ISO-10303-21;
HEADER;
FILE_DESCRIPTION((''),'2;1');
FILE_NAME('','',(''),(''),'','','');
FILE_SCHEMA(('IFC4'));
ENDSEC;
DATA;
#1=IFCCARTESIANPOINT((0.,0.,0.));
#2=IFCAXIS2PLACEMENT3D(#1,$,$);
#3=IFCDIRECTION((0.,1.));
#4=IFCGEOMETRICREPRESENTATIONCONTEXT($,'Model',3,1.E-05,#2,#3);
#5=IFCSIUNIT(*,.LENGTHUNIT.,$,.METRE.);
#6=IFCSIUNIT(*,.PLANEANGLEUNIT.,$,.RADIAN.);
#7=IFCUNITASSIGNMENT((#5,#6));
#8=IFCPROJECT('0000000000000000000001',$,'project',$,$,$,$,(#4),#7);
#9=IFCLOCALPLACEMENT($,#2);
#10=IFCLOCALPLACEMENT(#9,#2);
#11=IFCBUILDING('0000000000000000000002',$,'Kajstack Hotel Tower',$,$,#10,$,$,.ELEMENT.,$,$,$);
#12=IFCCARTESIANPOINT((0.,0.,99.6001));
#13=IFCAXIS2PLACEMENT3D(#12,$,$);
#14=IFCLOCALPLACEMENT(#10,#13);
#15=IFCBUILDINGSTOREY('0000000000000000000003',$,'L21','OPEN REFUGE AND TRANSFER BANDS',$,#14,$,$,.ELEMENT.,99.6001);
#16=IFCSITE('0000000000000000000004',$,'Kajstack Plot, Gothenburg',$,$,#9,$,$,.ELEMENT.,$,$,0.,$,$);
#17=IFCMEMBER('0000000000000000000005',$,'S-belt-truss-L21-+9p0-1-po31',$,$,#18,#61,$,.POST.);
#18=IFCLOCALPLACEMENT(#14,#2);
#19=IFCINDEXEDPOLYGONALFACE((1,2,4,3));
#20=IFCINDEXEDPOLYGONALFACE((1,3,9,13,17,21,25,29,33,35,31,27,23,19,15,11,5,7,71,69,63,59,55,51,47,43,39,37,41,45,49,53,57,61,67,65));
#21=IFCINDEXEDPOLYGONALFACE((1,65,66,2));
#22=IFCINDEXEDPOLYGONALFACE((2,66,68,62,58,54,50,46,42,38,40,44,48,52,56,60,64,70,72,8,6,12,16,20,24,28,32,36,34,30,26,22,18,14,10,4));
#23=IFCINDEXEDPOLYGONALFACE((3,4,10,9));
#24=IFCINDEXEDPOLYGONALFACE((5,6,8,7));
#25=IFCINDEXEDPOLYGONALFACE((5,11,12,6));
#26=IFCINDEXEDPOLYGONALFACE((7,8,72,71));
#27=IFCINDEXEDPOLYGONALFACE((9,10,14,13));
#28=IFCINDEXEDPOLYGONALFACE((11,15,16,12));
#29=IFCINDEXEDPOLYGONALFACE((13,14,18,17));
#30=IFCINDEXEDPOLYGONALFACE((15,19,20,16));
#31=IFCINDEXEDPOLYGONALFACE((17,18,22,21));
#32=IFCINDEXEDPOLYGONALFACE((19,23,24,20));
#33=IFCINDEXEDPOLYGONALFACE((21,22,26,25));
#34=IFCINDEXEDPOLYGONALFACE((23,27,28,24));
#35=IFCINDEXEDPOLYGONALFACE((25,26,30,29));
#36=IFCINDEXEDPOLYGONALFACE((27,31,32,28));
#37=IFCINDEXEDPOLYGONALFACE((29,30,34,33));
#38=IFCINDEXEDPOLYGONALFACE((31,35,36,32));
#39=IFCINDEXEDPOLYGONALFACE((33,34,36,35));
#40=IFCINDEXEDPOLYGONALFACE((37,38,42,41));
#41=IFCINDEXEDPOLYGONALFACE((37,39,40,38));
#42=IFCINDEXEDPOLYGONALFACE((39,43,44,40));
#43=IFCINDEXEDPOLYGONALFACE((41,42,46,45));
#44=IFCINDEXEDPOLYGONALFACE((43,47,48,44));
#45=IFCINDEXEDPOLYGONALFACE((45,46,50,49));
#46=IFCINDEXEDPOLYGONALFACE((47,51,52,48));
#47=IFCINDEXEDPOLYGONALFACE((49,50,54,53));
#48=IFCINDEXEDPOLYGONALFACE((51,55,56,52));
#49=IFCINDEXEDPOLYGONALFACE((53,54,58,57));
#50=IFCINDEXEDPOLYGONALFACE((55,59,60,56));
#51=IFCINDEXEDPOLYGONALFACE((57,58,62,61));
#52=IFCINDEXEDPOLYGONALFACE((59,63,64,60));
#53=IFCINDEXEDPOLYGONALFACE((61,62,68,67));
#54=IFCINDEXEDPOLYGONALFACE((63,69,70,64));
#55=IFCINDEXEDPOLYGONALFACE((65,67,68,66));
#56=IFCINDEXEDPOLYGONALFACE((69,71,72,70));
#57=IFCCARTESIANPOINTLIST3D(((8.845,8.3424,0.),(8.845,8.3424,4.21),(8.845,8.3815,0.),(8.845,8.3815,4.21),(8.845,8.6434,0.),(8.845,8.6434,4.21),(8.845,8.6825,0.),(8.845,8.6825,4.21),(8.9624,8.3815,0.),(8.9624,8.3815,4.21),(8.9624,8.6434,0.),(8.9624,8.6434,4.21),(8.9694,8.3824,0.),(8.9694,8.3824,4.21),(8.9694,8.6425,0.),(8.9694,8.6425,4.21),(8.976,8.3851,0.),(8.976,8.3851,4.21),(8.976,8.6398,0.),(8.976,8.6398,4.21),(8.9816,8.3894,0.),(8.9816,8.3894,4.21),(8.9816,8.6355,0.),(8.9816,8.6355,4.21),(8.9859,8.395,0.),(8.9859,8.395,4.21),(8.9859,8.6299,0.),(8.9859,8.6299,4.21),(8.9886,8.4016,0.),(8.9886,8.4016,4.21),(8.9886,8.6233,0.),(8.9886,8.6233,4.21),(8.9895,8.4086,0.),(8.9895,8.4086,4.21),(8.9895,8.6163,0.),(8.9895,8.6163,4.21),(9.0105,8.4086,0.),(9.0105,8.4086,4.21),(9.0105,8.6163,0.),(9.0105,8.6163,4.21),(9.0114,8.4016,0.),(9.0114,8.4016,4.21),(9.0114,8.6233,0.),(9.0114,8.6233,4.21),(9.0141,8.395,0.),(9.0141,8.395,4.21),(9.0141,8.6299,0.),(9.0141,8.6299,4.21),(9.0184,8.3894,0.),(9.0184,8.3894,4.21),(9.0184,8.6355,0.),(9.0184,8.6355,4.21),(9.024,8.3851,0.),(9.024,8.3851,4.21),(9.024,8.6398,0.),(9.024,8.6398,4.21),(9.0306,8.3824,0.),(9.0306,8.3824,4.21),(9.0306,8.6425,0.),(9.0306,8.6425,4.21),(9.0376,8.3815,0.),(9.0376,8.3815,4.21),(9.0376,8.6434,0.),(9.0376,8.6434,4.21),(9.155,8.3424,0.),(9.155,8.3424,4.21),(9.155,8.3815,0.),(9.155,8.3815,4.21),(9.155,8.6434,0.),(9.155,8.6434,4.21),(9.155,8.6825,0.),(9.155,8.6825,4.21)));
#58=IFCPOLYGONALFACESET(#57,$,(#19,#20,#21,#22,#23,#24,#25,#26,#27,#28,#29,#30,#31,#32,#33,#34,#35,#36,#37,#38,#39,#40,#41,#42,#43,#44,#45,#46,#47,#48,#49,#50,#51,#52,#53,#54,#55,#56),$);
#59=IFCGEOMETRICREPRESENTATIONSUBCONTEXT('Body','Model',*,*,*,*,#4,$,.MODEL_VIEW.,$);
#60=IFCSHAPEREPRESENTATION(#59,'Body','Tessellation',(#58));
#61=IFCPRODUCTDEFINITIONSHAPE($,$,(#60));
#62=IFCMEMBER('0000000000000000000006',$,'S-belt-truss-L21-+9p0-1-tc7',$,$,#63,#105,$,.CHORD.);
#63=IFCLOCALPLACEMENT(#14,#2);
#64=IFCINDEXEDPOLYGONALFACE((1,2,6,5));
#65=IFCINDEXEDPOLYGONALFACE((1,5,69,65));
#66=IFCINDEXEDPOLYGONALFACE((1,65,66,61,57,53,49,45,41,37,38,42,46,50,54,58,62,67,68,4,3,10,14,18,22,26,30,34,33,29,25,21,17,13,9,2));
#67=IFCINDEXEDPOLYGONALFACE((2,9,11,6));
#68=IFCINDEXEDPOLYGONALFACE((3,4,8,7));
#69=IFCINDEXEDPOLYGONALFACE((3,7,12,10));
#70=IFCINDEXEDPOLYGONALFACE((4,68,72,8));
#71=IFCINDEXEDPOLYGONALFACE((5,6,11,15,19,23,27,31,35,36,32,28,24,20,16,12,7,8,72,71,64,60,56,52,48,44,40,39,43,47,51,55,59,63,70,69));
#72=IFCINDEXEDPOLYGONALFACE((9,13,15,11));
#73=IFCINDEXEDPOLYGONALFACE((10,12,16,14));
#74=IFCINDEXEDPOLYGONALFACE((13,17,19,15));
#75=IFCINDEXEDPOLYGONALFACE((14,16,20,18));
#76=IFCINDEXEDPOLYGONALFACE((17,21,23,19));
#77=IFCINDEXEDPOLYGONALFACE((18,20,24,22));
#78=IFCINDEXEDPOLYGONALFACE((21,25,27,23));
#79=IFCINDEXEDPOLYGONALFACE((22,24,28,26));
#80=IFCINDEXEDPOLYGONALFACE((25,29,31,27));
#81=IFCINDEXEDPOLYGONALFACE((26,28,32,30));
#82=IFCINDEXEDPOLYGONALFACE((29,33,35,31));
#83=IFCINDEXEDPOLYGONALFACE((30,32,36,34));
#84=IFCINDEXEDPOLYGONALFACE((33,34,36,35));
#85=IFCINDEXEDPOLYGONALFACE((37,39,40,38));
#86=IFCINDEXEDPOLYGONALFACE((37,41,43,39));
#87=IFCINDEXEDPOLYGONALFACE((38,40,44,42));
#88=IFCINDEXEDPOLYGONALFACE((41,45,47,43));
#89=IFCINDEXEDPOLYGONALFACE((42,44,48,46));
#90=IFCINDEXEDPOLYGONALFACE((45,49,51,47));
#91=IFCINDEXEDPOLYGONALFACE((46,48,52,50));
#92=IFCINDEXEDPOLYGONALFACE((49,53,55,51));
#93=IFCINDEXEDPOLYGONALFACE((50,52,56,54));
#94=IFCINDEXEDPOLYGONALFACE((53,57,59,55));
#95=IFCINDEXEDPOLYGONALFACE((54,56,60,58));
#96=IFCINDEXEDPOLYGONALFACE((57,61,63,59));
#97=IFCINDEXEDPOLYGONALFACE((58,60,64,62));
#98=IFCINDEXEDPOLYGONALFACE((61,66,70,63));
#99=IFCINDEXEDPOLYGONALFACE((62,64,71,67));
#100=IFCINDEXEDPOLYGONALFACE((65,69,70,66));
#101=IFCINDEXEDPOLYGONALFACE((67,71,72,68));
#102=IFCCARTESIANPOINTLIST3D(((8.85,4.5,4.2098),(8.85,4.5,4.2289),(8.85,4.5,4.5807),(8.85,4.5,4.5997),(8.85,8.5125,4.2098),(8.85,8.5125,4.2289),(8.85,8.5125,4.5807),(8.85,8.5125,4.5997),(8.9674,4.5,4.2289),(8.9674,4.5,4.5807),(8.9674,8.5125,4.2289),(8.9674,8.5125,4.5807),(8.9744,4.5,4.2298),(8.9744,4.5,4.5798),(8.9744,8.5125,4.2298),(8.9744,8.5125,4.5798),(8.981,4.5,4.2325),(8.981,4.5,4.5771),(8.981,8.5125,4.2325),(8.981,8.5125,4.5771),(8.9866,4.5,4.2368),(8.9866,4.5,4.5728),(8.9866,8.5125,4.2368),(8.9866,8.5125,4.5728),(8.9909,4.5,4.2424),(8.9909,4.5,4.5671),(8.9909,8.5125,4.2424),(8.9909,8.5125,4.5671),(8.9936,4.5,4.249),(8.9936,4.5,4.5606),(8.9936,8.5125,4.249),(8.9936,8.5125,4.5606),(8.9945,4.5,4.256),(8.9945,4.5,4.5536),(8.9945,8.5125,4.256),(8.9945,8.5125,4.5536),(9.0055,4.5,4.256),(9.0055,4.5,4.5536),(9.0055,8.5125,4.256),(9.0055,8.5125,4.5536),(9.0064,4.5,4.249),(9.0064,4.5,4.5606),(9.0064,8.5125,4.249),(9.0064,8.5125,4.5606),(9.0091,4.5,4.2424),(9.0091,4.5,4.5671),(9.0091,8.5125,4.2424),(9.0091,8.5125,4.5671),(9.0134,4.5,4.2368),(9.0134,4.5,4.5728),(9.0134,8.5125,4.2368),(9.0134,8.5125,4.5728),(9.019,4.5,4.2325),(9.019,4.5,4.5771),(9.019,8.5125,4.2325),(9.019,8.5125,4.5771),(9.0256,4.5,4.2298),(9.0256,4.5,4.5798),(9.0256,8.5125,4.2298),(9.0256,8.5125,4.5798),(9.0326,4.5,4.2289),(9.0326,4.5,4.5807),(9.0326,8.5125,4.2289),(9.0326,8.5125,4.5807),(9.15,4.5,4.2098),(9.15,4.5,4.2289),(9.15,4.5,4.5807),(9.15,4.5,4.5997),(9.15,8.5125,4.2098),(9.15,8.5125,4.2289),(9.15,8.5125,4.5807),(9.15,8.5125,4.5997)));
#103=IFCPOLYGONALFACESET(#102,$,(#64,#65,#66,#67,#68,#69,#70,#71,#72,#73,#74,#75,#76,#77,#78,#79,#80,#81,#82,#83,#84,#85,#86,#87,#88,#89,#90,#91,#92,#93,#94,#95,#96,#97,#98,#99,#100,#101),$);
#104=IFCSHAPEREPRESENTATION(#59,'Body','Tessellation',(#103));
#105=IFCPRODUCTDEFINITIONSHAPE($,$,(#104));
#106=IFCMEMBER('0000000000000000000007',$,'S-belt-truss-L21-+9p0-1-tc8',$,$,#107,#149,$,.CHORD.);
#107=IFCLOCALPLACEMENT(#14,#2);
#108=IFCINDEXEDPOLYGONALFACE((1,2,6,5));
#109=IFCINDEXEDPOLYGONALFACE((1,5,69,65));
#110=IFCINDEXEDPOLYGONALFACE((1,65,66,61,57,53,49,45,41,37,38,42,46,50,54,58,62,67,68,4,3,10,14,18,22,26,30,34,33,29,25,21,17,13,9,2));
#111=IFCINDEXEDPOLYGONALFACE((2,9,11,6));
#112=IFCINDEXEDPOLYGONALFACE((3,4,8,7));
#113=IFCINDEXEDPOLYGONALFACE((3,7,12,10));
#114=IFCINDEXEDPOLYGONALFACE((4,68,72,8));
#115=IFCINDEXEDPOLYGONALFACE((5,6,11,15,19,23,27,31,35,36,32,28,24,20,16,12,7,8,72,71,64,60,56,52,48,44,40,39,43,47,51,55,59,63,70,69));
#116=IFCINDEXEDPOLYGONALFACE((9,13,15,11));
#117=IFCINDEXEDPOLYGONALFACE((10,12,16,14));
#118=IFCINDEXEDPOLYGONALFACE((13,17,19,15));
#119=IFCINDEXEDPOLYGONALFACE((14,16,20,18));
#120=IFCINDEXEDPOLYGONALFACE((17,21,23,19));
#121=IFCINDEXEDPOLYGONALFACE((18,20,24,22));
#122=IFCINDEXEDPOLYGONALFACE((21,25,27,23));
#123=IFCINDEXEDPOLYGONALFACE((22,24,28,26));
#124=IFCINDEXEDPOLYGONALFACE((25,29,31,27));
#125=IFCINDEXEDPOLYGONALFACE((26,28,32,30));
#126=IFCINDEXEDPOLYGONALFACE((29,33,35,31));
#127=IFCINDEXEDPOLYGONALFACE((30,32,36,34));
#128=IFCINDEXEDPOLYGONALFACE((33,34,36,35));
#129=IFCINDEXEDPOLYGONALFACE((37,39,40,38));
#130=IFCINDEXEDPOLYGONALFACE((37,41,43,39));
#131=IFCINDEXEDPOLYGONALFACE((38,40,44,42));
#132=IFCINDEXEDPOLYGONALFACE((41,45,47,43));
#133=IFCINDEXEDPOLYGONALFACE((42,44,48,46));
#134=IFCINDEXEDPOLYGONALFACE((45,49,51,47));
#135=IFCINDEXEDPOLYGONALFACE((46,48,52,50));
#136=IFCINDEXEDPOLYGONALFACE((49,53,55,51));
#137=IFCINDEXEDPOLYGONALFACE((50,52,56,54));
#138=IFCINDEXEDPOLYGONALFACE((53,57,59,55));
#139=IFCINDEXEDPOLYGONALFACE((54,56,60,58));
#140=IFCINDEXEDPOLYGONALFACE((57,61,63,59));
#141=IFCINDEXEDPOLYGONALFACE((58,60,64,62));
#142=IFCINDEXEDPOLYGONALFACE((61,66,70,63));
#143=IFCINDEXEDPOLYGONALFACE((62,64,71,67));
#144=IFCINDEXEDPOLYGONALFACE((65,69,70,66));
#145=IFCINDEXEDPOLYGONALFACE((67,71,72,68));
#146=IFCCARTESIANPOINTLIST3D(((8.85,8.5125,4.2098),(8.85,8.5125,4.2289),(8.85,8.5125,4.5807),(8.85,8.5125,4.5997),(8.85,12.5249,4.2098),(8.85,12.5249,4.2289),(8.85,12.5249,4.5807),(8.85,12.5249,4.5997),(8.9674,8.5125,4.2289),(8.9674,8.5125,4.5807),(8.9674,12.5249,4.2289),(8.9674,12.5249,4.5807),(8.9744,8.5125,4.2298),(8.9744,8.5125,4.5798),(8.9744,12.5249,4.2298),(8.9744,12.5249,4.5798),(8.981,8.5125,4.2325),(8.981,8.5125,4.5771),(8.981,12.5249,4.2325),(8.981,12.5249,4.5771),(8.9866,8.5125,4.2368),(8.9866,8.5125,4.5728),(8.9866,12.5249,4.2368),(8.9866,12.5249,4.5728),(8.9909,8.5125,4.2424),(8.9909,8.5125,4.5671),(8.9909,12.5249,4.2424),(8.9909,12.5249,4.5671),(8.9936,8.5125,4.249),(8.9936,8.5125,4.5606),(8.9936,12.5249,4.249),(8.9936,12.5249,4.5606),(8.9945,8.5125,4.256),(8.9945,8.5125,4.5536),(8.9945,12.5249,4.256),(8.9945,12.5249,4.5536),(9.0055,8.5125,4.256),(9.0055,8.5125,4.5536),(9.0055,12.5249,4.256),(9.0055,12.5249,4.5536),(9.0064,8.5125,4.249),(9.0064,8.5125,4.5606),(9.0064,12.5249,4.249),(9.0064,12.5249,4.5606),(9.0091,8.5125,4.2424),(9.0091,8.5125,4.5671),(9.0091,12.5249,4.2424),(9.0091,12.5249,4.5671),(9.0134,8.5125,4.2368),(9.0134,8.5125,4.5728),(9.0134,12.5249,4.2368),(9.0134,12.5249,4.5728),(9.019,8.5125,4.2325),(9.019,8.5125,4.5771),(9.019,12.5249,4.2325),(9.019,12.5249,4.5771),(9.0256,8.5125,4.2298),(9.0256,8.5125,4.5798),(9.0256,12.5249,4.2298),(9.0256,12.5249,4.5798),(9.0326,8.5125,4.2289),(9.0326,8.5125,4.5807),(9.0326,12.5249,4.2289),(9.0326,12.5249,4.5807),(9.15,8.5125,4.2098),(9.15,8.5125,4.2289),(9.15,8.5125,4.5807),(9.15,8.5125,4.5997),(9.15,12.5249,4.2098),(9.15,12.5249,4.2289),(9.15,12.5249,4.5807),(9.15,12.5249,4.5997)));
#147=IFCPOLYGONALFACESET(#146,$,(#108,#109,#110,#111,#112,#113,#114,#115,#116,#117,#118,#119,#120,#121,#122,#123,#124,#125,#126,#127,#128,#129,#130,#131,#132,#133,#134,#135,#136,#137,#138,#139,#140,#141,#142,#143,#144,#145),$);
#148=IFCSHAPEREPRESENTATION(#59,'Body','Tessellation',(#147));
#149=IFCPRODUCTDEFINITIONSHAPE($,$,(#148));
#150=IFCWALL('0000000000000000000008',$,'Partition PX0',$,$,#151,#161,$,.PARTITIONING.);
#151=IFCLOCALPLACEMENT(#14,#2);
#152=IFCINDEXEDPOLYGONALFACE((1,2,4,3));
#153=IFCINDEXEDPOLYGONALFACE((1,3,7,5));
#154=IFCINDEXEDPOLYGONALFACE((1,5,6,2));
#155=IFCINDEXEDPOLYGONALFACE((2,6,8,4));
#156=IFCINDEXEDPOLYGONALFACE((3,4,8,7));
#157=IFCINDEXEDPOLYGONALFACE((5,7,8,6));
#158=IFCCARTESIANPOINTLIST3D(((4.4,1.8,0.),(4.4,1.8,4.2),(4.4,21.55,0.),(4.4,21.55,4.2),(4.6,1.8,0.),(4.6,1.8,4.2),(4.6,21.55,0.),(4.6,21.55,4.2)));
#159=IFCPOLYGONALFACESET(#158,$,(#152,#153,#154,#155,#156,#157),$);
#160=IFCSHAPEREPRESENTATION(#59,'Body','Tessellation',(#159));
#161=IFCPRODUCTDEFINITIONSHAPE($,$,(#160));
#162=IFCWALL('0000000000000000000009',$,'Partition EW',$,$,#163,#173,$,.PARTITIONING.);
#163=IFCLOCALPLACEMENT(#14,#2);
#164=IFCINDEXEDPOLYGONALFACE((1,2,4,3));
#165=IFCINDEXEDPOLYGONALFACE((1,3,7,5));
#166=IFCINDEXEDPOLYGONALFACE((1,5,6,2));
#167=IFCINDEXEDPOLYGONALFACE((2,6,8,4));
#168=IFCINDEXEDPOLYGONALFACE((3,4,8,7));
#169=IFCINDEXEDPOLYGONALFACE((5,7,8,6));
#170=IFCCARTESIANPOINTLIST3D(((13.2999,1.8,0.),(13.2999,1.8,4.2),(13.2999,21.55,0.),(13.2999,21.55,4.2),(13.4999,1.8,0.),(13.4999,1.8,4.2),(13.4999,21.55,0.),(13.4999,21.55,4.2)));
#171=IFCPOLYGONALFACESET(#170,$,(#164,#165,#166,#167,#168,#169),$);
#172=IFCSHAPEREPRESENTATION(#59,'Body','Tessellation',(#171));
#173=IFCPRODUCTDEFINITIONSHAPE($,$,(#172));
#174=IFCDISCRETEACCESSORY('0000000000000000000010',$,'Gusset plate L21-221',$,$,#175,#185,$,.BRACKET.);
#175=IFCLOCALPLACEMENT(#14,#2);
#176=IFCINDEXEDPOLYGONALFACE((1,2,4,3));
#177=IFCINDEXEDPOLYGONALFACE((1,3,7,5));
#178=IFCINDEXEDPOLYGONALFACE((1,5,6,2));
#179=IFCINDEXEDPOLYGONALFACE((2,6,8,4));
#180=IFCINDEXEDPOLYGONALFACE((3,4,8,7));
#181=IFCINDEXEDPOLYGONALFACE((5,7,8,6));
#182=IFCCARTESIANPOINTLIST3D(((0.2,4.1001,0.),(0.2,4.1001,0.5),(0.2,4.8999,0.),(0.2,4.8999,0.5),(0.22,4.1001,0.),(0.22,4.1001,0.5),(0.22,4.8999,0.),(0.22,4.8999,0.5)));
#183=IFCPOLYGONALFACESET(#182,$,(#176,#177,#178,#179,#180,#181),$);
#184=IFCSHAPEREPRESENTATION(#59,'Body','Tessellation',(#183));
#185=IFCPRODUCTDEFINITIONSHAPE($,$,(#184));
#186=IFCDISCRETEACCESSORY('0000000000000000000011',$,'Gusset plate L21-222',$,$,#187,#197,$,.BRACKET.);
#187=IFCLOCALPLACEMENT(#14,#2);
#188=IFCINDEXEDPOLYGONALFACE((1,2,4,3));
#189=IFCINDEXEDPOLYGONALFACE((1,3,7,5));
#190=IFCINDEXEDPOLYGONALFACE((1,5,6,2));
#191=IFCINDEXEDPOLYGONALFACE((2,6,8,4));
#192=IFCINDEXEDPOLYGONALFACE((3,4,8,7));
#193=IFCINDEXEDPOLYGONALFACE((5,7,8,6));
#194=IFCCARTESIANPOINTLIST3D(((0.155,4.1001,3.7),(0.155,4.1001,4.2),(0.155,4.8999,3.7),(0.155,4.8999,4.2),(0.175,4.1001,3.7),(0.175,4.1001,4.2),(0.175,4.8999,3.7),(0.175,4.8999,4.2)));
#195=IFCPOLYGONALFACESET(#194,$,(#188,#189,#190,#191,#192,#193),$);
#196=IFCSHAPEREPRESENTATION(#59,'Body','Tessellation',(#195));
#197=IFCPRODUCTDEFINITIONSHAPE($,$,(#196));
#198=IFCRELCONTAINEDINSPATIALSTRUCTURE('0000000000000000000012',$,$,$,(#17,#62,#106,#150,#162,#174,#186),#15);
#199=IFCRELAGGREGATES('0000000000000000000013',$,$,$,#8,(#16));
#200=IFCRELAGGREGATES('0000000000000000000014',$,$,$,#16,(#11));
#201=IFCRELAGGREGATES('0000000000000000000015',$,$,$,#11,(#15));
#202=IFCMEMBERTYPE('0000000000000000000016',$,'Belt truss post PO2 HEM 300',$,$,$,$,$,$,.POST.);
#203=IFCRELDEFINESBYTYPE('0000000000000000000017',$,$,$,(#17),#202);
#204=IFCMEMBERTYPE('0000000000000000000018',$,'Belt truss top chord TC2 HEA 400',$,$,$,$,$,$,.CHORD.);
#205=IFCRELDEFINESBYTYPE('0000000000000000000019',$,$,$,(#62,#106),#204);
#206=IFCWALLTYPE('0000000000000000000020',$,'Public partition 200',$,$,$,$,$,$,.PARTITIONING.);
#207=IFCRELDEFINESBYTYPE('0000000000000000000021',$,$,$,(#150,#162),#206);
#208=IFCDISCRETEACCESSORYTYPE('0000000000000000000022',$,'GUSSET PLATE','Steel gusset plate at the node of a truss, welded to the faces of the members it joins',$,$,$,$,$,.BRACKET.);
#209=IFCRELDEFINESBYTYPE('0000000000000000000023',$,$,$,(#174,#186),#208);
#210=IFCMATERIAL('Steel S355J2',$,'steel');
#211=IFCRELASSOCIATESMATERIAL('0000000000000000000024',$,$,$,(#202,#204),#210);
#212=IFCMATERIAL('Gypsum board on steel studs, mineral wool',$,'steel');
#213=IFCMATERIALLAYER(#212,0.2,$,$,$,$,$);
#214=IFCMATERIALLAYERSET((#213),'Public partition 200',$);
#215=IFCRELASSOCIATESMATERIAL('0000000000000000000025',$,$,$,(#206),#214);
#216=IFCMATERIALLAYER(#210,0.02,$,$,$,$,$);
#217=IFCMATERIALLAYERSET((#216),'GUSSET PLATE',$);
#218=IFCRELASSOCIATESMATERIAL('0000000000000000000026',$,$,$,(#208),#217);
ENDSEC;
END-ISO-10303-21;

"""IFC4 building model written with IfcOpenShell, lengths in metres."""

from ifc_helpers import new_model, si_unit, direction, frame, frame_2d, origin, origin_2d, place, context, subcontext, project, spatial, polyline, rectangle, i_section, outline, extrude, material, layer, layer_set, material_profile, profile_set, type_object, element, save


model = new_model("IFC4")

# Units and contexts
model_context = context("Model", 3, precision=1e-05, world=origin(), true_north=direction((0.0, 1.0)))
body_context = subcontext(model_context, "Body", "Model", "MODEL_VIEW")
ifc_project = project(units=[si_unit("LENGTHUNIT", "METRE"), si_unit("PLANEANGLEUNIT", "RADIAN")], contexts=[model_context])

# Site, building, storey
site_placement = place(None, origin())
site = spatial("IfcSite", under=ifc_project, at=site_placement, Name="Kajstack Plot, Gothenburg", CompositionType="ELEMENT", RefElevation=0.0)
building_placement = place(site_placement, origin())
building = spatial("IfcBuilding", under=site, at=building_placement, Name="Kajstack Hotel Tower", CompositionType="ELEMENT")
storey_placement = place(building_placement, frame((0.0, 0.0, 99.6001)))
storey = spatial("IfcBuildingStorey", under=building, at=storey_placement, Name="L21", Description="OPEN REFUGE AND TRANSFER BANDS", CompositionType="ELEMENT", Elevation=99.6001)

# Members
ifc_material_1 = material(Name="Steel S355J2", Category="steel")
ifc_material_profile_1 = material_profile(ifc_material_1, i_section(OverallWidth=0.3101, OverallDepth=0.3401, WebThickness=0.021, FlangeThickness=0.0391, FilletRadius=0.0271, at=origin_2d()), Name="HEM 300")
ifc_profile_set_1 = profile_set([ifc_material_profile_1], Name="Steel S355J2")
member_type_1 = type_object("IfcMemberType", Name="Belt truss post PO2 HEM 300", PredefinedType="POST", material=ifc_profile_set_1)
for number, where, z_axis, x_axis, name in (
    (1, (9.0, 8.5125, 0.0), (0.0, 0.0, 1.0), (1.0, 0.0, 0.0), "S-belt-truss-L21-+9p0-1-po31"),
):
    element("IfcMember", number, at=place(storey_placement, frame(where, z_axis=z_axis, x_axis=x_axis)), inside=storey, type_object=member_type_1, Name=name, PredefinedType="POST", context=body_context, shape_type="SweptSolid", body=[
        extrude(i_section(OverallWidth=0.3101, OverallDepth=0.3401, WebThickness=0.021, FlangeThickness=0.0391, FilletRadius=0.0271, at=origin_2d()), origin(), (0.0, 0.0, 1.0), 4.21),
    ])
ifc_material_profile_2 = material_profile(ifc_material_1, i_section(OverallWidth=0.3, OverallDepth=0.3899, WebThickness=0.011, FlangeThickness=0.019, FilletRadius=0.0271, at=origin_2d()), Name="HEA 400")
ifc_profile_set_2 = profile_set([ifc_material_profile_2], Name="Steel S355J2")
member_type_2 = type_object("IfcMemberType", Name="Belt truss top chord TC2 HEA 400", PredefinedType="CHORD", material=ifc_profile_set_2)
for number, where, z_axis, x_axis, name in (
    (2, (9.0, 4.5, 4.4048), (0.0, 1.0, 0.0), (-1.0, 0.0, 0.0), "S-belt-truss-L21-+9p0-1-tc7"),
    (3, (9.0, 8.5125, 4.4048), (0.0, 1.0, 0.0), (-1.0, 0.0, 0.0), "S-belt-truss-L21-+9p0-1-tc8"),
):
    element("IfcMember", number, at=place(storey_placement, frame(where, z_axis=z_axis, x_axis=x_axis)), inside=storey, type_object=member_type_2, Name=name, PredefinedType="CHORD", context=body_context, shape_type="SweptSolid", body=[
        extrude(i_section(OverallWidth=0.3, OverallDepth=0.3899, WebThickness=0.011, FlangeThickness=0.019, FilletRadius=0.0271, at=origin_2d()), origin(), (0.0, 0.0, 1.0), 4.0125),
    ])

# Walls
ifc_material_2 = material(Name="Gypsum board on steel studs, mineral wool", Category="steel")
ifc_layer_1 = layer(ifc_material_2, 0.2)
ifc_layer_set_1 = layer_set([ifc_layer_1], Name="Public partition 200")
wall_type = type_object("IfcWallType", Name="Public partition 200", PredefinedType="PARTITIONING", material=ifc_layer_set_1)
for number, where, z_axis, x_axis, name in (
    (4, (4.5, 1.8, 0.0), (0.0, 0.0, 1.0), (0.0, 1.0, 0.0), "Partition PX0"),
    (5, (13.3999, 1.8, 0.0), (0.0, 0.0, 1.0), (0.0, 1.0, 0.0), "Partition EW"),
):
    element("IfcWall", number, at=place(storey_placement, frame(where, z_axis=z_axis, x_axis=x_axis)), inside=storey, type_object=wall_type, Name=name, PredefinedType="PARTITIONING", context=body_context, shape_type="SweptSolid", body=[
        extrude(rectangle(XDim=19.75, YDim=0.2, at=frame_2d((9.875, 0.0))), origin(), (0.0, 0.0, 1.0), 4.2),
    ])

# Discrete accessories
ifc_layer_2 = layer(ifc_material_1, 0.02)
ifc_layer_set_2 = layer_set([ifc_layer_2], Name="GUSSET PLATE")
discrete_accessory_type = type_object("IfcDiscreteAccessoryType", Name="GUSSET PLATE", Description="Steel gusset plate at the node of a truss, welded to the faces of the members it joins", PredefinedType="BRACKET", material=ifc_layer_set_2)
for number, where, z_axis, x_axis, name in (
    (6, (0.2, 4.5, 0.0), (1.0, 0.0, 0.0), (0.0, 1.0, 0.0), "Gusset plate L21-221"),
    (7, (0.155, 4.5, 3.7), (1.0, 0.0, 0.0), (0.0, 1.0, 0.0), "Gusset plate L21-222"),
):
    element("IfcDiscreteAccessory", number, at=place(storey_placement, frame(where, z_axis=z_axis, x_axis=x_axis)), inside=storey, type_object=discrete_accessory_type, Name=name, PredefinedType="BRACKET", context=body_context, shape_type="SweptSolid", body=[
        extrude(outline(polyline([(-0.3999, 0.0), (0.3999, 0.0), (0.3999, 0.5), (-0.3999, 0.5), (-0.3999, 0.0)])), origin(), (0.0, 0.0, 1.0), 0.02),
    ])

save(model, "model.ifc")
